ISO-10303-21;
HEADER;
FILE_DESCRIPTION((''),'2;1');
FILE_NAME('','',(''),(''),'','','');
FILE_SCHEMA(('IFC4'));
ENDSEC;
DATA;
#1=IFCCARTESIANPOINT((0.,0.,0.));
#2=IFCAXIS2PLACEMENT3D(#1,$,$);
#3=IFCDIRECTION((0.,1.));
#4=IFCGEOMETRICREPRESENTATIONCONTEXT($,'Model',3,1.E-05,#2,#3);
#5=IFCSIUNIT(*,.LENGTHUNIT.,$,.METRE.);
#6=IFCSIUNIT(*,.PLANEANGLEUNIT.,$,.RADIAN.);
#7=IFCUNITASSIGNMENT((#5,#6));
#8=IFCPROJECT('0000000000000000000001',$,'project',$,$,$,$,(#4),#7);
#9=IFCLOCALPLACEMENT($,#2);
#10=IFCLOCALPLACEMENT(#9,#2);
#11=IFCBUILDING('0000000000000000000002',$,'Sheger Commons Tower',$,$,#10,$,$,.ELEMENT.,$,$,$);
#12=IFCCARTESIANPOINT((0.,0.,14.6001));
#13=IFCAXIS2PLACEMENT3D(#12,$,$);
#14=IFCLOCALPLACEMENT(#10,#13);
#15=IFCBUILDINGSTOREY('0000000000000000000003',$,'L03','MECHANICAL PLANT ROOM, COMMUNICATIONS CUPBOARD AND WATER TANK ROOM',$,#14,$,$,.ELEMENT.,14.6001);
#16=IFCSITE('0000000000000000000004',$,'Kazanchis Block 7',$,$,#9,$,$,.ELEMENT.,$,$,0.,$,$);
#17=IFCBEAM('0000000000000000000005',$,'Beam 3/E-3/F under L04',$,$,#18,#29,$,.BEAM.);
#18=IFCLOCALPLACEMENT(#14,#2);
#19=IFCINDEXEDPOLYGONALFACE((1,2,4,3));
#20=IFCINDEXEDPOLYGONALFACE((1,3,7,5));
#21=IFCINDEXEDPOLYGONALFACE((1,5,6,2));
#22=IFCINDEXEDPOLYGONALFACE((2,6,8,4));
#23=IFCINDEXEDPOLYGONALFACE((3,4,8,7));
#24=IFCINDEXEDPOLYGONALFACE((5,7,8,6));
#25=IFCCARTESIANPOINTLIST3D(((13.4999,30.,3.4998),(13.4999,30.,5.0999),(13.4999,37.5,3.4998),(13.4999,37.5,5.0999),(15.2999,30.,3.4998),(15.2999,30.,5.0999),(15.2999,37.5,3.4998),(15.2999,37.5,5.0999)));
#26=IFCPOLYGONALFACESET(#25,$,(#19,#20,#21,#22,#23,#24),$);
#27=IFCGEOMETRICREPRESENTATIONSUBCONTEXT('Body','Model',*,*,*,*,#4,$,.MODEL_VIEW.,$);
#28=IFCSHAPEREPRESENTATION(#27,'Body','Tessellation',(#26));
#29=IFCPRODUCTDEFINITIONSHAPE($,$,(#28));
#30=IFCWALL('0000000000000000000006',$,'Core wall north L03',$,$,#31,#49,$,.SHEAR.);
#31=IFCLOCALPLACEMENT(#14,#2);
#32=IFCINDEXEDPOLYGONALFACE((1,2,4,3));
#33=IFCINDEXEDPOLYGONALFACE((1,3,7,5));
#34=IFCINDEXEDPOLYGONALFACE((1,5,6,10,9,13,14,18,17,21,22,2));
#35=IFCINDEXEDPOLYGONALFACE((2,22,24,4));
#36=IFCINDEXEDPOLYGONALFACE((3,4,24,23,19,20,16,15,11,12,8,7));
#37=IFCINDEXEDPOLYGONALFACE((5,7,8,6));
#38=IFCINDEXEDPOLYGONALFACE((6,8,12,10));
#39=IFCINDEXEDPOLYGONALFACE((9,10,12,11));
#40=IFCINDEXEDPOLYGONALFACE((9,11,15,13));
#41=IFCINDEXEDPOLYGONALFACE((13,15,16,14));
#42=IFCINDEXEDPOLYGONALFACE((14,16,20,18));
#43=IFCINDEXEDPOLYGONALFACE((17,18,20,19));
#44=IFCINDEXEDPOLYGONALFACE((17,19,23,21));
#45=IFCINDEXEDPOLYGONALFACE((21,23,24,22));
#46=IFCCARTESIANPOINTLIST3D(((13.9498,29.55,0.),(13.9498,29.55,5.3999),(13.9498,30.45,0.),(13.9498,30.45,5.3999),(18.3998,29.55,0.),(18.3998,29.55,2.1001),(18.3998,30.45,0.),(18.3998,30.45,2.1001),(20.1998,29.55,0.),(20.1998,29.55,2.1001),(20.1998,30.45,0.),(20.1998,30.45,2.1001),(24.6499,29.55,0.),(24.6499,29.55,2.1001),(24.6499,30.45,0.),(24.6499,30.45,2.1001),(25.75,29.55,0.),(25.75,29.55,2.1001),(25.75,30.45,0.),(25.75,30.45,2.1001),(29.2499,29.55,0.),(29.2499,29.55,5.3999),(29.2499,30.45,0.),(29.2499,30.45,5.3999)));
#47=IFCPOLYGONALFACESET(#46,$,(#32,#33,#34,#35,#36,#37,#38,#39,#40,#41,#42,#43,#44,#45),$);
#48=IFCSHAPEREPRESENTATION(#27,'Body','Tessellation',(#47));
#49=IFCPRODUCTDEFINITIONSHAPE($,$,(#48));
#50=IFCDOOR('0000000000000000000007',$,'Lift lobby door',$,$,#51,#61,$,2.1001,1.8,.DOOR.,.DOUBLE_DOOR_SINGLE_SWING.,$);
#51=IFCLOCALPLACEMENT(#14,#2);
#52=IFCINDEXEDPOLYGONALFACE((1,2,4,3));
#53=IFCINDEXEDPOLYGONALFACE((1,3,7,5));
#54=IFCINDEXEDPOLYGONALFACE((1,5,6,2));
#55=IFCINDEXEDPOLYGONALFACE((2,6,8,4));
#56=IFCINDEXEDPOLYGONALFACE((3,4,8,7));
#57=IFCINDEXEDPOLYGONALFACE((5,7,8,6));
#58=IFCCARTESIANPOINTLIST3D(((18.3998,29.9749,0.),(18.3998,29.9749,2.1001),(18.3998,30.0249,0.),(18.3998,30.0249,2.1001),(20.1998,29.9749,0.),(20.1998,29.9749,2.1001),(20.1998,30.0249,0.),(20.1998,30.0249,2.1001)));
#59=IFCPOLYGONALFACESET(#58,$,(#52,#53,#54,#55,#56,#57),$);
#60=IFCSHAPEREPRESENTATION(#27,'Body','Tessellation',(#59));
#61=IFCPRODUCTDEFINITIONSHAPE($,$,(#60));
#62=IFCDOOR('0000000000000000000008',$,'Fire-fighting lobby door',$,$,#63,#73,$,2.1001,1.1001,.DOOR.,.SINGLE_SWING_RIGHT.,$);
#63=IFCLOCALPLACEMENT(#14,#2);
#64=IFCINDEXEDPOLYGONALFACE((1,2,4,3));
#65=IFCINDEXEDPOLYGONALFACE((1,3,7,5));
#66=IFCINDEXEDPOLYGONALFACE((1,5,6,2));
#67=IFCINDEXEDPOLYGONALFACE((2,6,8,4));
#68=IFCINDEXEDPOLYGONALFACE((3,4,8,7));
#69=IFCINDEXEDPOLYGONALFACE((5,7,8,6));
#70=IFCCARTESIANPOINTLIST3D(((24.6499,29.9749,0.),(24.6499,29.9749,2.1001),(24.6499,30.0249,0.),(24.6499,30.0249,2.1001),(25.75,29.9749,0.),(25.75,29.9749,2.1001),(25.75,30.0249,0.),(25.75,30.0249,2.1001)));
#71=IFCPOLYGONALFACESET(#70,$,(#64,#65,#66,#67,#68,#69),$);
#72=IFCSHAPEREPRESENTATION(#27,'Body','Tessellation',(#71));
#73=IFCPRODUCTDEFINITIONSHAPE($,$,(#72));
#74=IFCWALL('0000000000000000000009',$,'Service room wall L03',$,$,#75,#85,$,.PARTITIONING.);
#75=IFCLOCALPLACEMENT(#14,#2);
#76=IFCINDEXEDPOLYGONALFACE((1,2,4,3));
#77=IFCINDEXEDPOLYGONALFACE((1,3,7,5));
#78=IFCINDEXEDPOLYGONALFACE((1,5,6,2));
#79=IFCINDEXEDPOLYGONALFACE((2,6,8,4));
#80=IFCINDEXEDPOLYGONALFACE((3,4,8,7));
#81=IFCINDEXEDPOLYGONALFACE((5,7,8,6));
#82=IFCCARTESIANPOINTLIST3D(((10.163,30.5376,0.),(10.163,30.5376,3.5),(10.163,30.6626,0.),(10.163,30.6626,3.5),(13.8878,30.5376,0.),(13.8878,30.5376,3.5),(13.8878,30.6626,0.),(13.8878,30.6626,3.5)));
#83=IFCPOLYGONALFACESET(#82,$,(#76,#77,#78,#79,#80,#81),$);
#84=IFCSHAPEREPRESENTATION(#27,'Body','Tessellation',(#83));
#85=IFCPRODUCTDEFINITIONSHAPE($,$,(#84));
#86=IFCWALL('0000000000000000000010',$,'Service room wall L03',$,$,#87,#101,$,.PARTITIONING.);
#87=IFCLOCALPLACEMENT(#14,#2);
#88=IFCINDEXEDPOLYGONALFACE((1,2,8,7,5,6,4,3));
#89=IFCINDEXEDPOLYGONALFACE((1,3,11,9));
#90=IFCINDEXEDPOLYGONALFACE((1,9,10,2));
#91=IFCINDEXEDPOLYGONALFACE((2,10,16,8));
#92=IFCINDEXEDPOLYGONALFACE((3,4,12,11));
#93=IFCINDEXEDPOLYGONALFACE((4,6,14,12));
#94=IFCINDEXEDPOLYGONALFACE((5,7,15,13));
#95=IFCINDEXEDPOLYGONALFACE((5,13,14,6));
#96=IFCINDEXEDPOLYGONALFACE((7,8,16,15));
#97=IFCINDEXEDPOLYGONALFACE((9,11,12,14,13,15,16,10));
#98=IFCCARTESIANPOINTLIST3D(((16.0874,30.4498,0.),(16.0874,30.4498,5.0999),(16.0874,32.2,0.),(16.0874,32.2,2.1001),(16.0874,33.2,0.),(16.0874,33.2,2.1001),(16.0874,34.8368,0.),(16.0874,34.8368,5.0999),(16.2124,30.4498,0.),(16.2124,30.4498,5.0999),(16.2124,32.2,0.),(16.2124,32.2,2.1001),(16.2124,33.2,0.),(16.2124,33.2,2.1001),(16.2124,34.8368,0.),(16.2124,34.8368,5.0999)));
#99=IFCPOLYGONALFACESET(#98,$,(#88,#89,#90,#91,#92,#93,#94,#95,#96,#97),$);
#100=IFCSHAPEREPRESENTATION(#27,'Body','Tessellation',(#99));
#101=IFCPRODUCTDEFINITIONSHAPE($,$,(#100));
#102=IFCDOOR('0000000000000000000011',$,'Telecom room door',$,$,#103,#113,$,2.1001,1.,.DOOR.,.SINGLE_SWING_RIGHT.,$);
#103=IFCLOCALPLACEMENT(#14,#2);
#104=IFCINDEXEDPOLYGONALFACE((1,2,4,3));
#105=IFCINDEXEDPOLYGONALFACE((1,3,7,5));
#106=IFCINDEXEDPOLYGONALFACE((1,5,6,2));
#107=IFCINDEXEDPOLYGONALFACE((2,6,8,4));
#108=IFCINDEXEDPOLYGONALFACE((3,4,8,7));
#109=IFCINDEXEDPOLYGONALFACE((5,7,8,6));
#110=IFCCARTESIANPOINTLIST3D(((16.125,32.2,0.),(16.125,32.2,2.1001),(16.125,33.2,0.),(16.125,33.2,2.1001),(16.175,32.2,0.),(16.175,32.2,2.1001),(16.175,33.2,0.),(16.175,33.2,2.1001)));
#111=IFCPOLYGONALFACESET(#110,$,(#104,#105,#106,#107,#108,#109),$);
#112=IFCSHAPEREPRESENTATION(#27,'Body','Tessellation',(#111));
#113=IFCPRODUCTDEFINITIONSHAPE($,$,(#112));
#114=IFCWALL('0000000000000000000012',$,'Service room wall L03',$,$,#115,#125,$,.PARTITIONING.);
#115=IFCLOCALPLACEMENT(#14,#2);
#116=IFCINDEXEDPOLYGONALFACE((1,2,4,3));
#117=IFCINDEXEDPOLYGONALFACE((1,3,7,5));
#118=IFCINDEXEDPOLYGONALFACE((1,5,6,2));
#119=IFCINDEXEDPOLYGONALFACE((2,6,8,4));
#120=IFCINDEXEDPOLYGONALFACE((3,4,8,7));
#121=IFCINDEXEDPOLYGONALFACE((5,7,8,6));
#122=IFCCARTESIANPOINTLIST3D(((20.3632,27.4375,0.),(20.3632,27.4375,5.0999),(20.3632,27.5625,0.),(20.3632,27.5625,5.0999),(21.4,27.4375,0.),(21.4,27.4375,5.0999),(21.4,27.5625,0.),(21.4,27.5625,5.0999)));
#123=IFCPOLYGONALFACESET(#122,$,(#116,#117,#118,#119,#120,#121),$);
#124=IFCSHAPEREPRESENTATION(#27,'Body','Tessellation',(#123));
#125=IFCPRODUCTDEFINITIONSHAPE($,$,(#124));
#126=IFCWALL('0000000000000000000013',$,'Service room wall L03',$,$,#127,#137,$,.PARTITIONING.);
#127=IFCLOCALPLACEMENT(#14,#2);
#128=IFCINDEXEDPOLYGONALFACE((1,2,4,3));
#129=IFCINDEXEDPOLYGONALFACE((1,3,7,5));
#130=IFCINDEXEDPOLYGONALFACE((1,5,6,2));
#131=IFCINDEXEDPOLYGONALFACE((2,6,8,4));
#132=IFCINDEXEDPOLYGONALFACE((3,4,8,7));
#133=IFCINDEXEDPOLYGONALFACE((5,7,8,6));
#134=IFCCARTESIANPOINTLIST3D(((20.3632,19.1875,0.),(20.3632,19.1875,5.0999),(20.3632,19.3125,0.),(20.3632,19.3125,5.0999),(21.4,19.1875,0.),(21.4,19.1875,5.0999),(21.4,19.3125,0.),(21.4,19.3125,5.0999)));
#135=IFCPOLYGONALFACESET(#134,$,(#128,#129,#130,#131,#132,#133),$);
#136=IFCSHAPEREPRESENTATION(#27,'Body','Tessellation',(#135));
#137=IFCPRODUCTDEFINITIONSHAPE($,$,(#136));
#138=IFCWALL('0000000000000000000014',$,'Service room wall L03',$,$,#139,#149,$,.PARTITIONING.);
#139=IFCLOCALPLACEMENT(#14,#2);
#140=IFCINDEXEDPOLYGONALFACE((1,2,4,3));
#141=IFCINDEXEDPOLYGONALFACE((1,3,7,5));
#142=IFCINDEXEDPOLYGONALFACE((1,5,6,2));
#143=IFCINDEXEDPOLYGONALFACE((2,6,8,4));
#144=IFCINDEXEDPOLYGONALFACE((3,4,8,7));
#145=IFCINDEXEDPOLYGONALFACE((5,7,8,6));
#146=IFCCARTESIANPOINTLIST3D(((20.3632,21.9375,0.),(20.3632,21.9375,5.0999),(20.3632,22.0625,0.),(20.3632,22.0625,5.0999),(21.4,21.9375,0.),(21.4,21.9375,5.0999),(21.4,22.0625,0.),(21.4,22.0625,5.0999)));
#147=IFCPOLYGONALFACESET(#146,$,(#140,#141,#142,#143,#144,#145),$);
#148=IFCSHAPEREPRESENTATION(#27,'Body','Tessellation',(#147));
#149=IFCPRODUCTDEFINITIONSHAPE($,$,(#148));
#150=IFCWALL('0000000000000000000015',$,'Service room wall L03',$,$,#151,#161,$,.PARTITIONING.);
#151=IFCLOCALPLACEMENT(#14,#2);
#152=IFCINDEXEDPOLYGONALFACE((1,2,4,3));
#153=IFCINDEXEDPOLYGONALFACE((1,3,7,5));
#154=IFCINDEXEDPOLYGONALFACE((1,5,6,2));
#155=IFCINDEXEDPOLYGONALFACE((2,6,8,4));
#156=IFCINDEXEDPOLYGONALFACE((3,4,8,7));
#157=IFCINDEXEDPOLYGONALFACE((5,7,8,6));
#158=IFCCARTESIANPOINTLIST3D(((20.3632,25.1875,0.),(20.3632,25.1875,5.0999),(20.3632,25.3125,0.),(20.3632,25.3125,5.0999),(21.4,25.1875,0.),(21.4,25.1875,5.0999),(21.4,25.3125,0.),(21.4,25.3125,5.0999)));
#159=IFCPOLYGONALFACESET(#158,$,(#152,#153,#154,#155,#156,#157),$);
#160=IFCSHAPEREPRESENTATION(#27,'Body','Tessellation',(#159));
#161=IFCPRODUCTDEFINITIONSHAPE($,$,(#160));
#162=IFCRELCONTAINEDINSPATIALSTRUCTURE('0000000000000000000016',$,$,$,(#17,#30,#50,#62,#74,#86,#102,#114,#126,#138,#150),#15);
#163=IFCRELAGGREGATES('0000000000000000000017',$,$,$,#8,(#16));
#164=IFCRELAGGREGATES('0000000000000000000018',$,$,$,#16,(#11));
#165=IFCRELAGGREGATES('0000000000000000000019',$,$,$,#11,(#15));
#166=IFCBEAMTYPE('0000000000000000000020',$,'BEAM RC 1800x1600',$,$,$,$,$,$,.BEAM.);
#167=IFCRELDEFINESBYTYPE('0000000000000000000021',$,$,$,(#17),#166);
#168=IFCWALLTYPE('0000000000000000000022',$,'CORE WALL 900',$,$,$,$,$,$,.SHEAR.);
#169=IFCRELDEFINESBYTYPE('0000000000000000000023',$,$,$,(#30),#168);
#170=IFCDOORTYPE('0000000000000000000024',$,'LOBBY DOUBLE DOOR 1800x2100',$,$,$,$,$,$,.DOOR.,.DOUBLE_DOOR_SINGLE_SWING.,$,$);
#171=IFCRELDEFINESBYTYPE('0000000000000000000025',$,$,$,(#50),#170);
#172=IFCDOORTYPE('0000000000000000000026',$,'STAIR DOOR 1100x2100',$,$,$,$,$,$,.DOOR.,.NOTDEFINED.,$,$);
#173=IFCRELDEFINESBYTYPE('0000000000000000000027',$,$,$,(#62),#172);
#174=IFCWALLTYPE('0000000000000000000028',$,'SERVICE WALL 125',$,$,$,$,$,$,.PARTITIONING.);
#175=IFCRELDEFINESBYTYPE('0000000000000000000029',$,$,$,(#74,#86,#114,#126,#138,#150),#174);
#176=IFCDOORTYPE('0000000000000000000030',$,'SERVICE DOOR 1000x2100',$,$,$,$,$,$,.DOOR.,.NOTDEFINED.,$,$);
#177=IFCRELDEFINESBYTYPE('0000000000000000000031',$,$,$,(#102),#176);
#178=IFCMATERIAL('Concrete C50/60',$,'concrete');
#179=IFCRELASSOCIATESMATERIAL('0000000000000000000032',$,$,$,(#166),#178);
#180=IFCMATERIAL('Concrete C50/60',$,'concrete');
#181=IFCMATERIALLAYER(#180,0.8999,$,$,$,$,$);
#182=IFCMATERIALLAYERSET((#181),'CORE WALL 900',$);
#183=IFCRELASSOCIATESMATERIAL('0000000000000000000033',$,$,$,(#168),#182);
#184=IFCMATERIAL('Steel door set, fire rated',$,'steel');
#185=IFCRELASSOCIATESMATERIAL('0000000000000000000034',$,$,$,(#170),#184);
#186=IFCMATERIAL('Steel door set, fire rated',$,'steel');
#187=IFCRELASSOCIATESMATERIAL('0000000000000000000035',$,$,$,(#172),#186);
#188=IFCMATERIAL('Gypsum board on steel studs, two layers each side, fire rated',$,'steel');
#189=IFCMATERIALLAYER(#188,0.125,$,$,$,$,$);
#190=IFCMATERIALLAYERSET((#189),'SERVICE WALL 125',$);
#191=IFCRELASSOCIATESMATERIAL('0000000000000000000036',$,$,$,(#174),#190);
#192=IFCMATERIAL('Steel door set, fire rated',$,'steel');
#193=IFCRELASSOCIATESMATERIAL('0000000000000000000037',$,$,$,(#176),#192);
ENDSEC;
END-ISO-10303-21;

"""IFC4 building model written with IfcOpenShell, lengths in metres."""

from ifc_helpers import new_model, si_unit, direction, frame, frame_2d, origin, origin_2d, place, context, subcontext, project, spatial, rectangle, extrude, material, layer, layer_set, material_profile, profile_set, type_object, element, fill, save


model = new_model("IFC4")

# Units and contexts
model_context = context("Model", 3, precision=1e-05, world=origin(), true_north=direction((0.0, 1.0)))
body_context = subcontext(model_context, "Body", "Model", "MODEL_VIEW")
ifc_project = project(units=[si_unit("LENGTHUNIT", "METRE"), si_unit("PLANEANGLEUNIT", "RADIAN")], contexts=[model_context])

# Site, building, storey
site_placement = place(None, origin())
site = spatial("IfcSite", under=ifc_project, at=site_placement, Name="Kazanchis Block 7", CompositionType="ELEMENT", RefElevation=0.0)
building_placement = place(site_placement, origin())
building = spatial("IfcBuilding", under=site, at=building_placement, Name="Sheger Commons Tower", CompositionType="ELEMENT")
storey_placement = place(building_placement, frame((0.0, 0.0, 14.6001)))
storey = spatial("IfcBuildingStorey", under=building, at=storey_placement, Name="L03", Description="MECHANICAL PLANT ROOM, COMMUNICATIONS CUPBOARD AND WATER TANK ROOM", CompositionType="ELEMENT", Elevation=14.6001)

# Beam
ifc_material_1 = material(Name="Concrete C50/60", Category="concrete")
ifc_material_profile = material_profile(ifc_material_1, rectangle(XDim=1.8, YDim=1.6001, at=origin_2d()), Name="RC 1800x1600")
ifc_profile_set = profile_set([ifc_material_profile], Name="Concrete C50/60")
beam_type = type_object("IfcBeamType", Name="BEAM RC 1800x1600", PredefinedType="BEAM", material=ifc_profile_set)
beam_placement = place(storey_placement, frame((14.3999, 30.0, 4.2998), z_axis=(0.0, 1.0, 0.0), x_axis=(-1.0, 0.0, 0.0)))
element("IfcBeam", 1, at=beam_placement, inside=storey, type_object=beam_type, Name="Beam 3/E-3/F under L04", PredefinedType="BEAM", context=body_context, shape_type="SweptSolid", body=[
    extrude(rectangle(XDim=1.8, YDim=1.6001, at=origin_2d()), origin(), (0.0, 0.0, 1.0), 7.5),
])

# Wall, openings, doors
ifc_material_2 = material(Name="Concrete C50/60", Category="concrete")
ifc_layer_1 = layer(ifc_material_2, 0.8999)
ifc_layer_set_1 = layer_set([ifc_layer_1], Name="CORE WALL 900")
wall_type_1 = type_object("IfcWallType", Name="CORE WALL 900", PredefinedType="SHEAR", material=ifc_layer_set_1)
wall_1_placement = place(storey_placement, frame((13.95, 30.0, 0.0), z_axis=(0.0, 0.0, 1.0), x_axis=(1.0, 0.0, 0.0)))
wall_1 = element("IfcWall", 2, at=wall_1_placement, inside=storey, type_object=wall_type_1, Name="Core wall north L03", PredefinedType="SHEAR", context=body_context, shape_type="SweptSolid", body=[
    extrude(rectangle(XDim=15.3, YDim=0.8999, at=frame_2d((7.6499, 0.0))), origin(), (0.0, 0.0, 1.0), 5.3999),
])
opening_1_placement = place(wall_1_placement, frame((4.45, 0.0, 0.0)))
opening_1 = element("IfcOpeningElement", 3, at=opening_1_placement, cuts=wall_1, PredefinedType="OPENING", context=body_context, shape_type="SweptSolid", body=[
    extrude(rectangle(XDim=1.8, YDim=2.1001, at=frame_2d((0.8999, 1.05))), frame((0.0, 0.46, 0.0), z_axis=(0.0, -1.0, 0.0), x_axis=(1.0, 0.0, 0.0)), (0.0, 0.0, 1.0), 0.9199),
])
opening_2_placement = place(wall_1_placement, frame((10.7, 0.0, 0.0)))
opening_2 = element("IfcOpeningElement", 4, at=opening_2_placement, cuts=wall_1, PredefinedType="OPENING", context=body_context, shape_type="SweptSolid", body=[
    extrude(rectangle(XDim=1.1001, YDim=2.1001, at=frame_2d((0.55, 1.05))), frame((0.0, 0.46, 0.0), z_axis=(0.0, -1.0, 0.0), x_axis=(1.0, 0.0, 0.0)), (0.0, 0.0, 1.0), 0.9199),
])
ifc_material_3 = material(Name="Steel door set, fire rated", Category="steel")
door_type_1 = type_object("IfcDoorType", Name="LOBBY DOUBLE DOOR 1800x2100", OperationType="DOUBLE_DOOR_SINGLE_SWING", PredefinedType="DOOR", material=ifc_material_3)
door_1_placement = place(opening_1_placement, origin())
door_1 = element("IfcDoor", 5, at=door_1_placement, inside=storey, type_object=door_type_1, Name="Lift lobby door", OperationType="DOUBLE_DOOR_SINGLE_SWING", OverallHeight=2.1001, OverallWidth=1.8, PredefinedType="DOOR", context=body_context, shape_type="SweptSolid", body=[
    extrude(rectangle(XDim=1.8, YDim=2.1001, at=frame_2d((0.8999, 1.05))), frame((0.0, 0.0249, 0.0), z_axis=(0.0, -1.0, 0.0), x_axis=(1.0, 0.0, 0.0)), (0.0, 0.0, 1.0), 0.05),
])
fill(opening_1, door_1)
ifc_material_4 = material(Name="Steel door set, fire rated", Category="steel")
door_type_2 = type_object("IfcDoorType", Name="STAIR DOOR 1100x2100", OperationType="NOTDEFINED", PredefinedType="DOOR", material=ifc_material_4)
door_2_placement = place(opening_2_placement, origin())
door_2 = element("IfcDoor", 6, at=door_2_placement, inside=storey, type_object=door_type_2, Name="Fire-fighting lobby door", OperationType="SINGLE_SWING_RIGHT", OverallHeight=2.1001, OverallWidth=1.1001, PredefinedType="DOOR", context=body_context, shape_type="SweptSolid", body=[
    extrude(rectangle(XDim=1.1001, YDim=2.1001, at=frame_2d((0.55, 1.05))), frame((0.0, 0.0249, 0.0), z_axis=(0.0, -1.0, 0.0), x_axis=(1.0, 0.0, 0.0)), (0.0, 0.0, 1.0), 0.05),
])
fill(opening_2, door_2)

# Wall
ifc_material_5 = material(Name="Gypsum board on steel studs, two layers each side, fire rated", Category="steel")
ifc_layer_2 = layer(ifc_material_5, 0.125)
ifc_layer_set_2 = layer_set([ifc_layer_2], Name="SERVICE WALL 125")
wall_type_2 = type_object("IfcWallType", Name="SERVICE WALL 125", PredefinedType="PARTITIONING", material=ifc_layer_set_2)
wall_2_placement = place(storey_placement, frame((10.1631, 30.6001, 0.0), z_axis=(0.0, 0.0, 1.0), x_axis=(1.0, 0.0, 0.0)))
element("IfcWall", 7, at=wall_2_placement, inside=storey, type_object=wall_type_2, Name="Service room wall L03", PredefinedType="PARTITIONING", context=body_context, shape_type="SweptSolid", body=[
    extrude(rectangle(XDim=3.7249, YDim=0.125, at=frame_2d((1.8623, 0.0))), origin(), (0.0, 0.0, 1.0), 3.5),
])

# Wall, opening, door
wall_3_placement = place(storey_placement, frame((16.1499, 30.45, 0.0), z_axis=(0.0, 0.0, 1.0), x_axis=(0.0, 1.0, 0.0)))
wall_3 = element("IfcWall", 8, at=wall_3_placement, inside=storey, type_object=wall_type_2, Name="Service room wall L03", PredefinedType="PARTITIONING", context=body_context, shape_type="SweptSolid", body=[
    extrude(rectangle(XDim=4.387, YDim=0.125, at=frame_2d((2.1934, 0.0))), origin(), (0.0, 0.0, 1.0), 5.0999),
])
opening_3_placement = place(wall_3_placement, frame((1.75, 0.0, 0.0)))
opening_3 = element("IfcOpeningElement", 9, at=opening_3_placement, cuts=wall_3, PredefinedType="OPENING", context=body_context, shape_type="SweptSolid", body=[
    extrude(rectangle(XDim=1.0, YDim=2.1001, at=frame_2d((0.5, 1.05))), frame((0.0, 0.0725, 0.0), z_axis=(0.0, -1.0, 0.0), x_axis=(1.0, 0.0, 0.0)), (0.0, 0.0, 1.0), 0.145),
])
ifc_material_6 = material(Name="Steel door set, fire rated", Category="steel")
door_type_3 = type_object("IfcDoorType", Name="SERVICE DOOR 1000x2100", OperationType="NOTDEFINED", PredefinedType="DOOR", material=ifc_material_6)
door_3_placement = place(opening_3_placement, origin())
door_3 = element("IfcDoor", 10, at=door_3_placement, inside=storey, type_object=door_type_3, Name="Telecom room door", OperationType="SINGLE_SWING_RIGHT", OverallHeight=2.1001, OverallWidth=1.0, PredefinedType="DOOR", context=body_context, shape_type="SweptSolid", body=[
    extrude(rectangle(XDim=1.0, YDim=2.1001, at=frame_2d((0.5, 1.05))), frame((0.0, 0.0249, 0.0), z_axis=(0.0, -1.0, 0.0), x_axis=(1.0, 0.0, 0.0)), (0.0, 0.0, 1.0), 0.05),
])
fill(opening_3, door_3)

# Walls
for number, where, z_axis, x_axis, name in (
    (11, (20.363, 27.5, 0.0), (0.0, 0.0, 1.0), (1.0, 0.0, 0.0), "Service room wall L03"),
    (12, (20.363, 19.25, 0.0), (0.0, 0.0, 1.0), (1.0, 0.0, 0.0), "Service room wall L03"),
    (13, (20.363, 22.0, 0.0), (0.0, 0.0, 1.0), (1.0, 0.0, 0.0), "Service room wall L03"),
    (14, (20.363, 25.25, 0.0), (0.0, 0.0, 1.0), (1.0, 0.0, 0.0), "Service room wall L03"),
):
    element("IfcWall", number, at=place(storey_placement, frame(where, z_axis=z_axis, x_axis=x_axis)), inside=storey, type_object=wall_type_2, Name=name, PredefinedType="PARTITIONING", context=body_context, shape_type="SweptSolid", body=[
        extrude(rectangle(XDim=1.0369, YDim=0.125, at=frame_2d((0.5186, 0.0))), origin(), (0.0, 0.0, 1.0), 5.0999),
    ])

save(model, "model.ifc")
